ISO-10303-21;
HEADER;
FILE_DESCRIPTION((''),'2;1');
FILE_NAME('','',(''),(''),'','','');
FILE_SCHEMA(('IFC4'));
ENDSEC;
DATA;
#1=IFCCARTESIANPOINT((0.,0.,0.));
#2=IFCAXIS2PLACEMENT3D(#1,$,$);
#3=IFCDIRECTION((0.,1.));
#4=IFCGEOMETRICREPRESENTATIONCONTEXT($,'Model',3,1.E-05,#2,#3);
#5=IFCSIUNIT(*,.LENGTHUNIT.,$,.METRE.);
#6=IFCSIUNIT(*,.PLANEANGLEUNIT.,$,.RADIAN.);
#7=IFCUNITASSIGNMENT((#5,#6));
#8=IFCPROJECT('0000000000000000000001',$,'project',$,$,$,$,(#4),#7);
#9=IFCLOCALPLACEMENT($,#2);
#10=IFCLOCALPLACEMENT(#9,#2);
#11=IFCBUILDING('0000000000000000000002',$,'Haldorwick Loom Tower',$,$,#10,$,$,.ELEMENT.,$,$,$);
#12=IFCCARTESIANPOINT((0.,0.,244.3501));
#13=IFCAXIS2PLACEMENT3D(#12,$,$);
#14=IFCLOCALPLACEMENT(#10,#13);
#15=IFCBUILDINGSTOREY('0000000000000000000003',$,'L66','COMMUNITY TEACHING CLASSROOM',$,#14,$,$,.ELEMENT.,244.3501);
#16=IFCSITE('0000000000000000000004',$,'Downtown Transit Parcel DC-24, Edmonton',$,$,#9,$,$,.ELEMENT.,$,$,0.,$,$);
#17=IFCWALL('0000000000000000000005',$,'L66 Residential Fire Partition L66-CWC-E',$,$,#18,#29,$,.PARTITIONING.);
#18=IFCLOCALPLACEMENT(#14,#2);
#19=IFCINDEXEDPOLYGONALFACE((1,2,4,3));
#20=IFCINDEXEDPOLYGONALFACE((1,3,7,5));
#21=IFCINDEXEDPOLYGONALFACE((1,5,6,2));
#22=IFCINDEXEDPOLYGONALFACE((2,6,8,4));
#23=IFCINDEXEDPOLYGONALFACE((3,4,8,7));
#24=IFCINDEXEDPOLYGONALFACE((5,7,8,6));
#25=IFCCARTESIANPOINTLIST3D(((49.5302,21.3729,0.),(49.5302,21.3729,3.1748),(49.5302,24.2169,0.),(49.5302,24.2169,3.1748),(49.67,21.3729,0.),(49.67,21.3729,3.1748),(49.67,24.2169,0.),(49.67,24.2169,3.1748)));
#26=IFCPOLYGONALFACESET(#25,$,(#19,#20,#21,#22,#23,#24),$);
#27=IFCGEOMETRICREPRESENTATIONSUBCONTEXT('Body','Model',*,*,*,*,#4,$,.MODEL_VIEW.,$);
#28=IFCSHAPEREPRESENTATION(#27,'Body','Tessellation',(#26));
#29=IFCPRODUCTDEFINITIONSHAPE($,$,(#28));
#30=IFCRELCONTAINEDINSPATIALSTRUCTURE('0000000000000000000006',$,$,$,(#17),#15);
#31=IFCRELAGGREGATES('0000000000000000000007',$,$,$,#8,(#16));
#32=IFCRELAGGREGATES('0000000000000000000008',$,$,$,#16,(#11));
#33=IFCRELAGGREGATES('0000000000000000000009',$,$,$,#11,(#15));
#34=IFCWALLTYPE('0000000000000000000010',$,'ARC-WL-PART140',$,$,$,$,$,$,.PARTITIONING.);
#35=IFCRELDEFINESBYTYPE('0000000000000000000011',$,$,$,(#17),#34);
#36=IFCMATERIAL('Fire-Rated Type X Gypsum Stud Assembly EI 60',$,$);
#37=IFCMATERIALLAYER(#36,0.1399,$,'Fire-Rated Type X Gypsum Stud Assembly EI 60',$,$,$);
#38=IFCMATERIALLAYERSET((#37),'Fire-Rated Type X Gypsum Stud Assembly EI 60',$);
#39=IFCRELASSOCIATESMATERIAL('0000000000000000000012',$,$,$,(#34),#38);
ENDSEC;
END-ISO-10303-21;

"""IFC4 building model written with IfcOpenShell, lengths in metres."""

from ifc_helpers import new_model, si_unit, direction, frame, frame_2d, origin, place, context, subcontext, project, spatial, rectangle, extrude, material, layer, layer_set, type_object, element, save


model = new_model("IFC4")

# Units and contexts
model_context = context("Model", 3, precision=1e-05, world=origin(), true_north=direction((0.0, 1.0)))
body_context = subcontext(model_context, "Body", "Model", "MODEL_VIEW")
ifc_project = project(units=[si_unit("LENGTHUNIT", "METRE"), si_unit("PLANEANGLEUNIT", "RADIAN")], contexts=[model_context])

# Site, building, storey
site_placement = place(None, origin())
site = spatial("IfcSite", under=ifc_project, at=site_placement, Name="Downtown Transit Parcel DC-24, Edmonton", CompositionType="ELEMENT", RefElevation=0.0)
building_placement = place(site_placement, origin())
building = spatial("IfcBuilding", under=site, at=building_placement, Name="Haldorwick Loom Tower", CompositionType="ELEMENT")
storey_placement = place(building_placement, frame((0.0, 0.0, 244.3501)))
storey = spatial("IfcBuildingStorey", under=building, at=storey_placement, Name="L66", Description="COMMUNITY TEACHING CLASSROOM", CompositionType="ELEMENT", Elevation=244.3501)

# Shared definitions
ifc_material_1 = material(Name="Fire-Rated Type X Gypsum Stud Assembly EI 60")

# Wall
ifc_layer_1 = layer(ifc_material_1, 0.1399, Name="Fire-Rated Type X Gypsum Stud Assembly EI 60")
ifc_layer_set_1 = layer_set([ifc_layer_1], Name="Fire-Rated Type X Gypsum Stud Assembly EI 60")
wall_type_1 = type_object("IfcWallType", Name="ARC-WL-PART140", PredefinedType="PARTITIONING", material=ifc_layer_set_1)
wall_1_placement = place(storey_placement, frame((49.6001, 21.373, 0.0), z_axis=(0.0, 0.0, 1.0), x_axis=(0.0, 1.0, 0.0)))
element("IfcWall", 1, at=wall_1_placement, inside=storey, type_object=wall_type_1, Name="L66 Residential Fire Partition L66-CWC-E", PredefinedType="PARTITIONING", context=body_context, shape_type="SweptSolid", body=[
    extrude(rectangle(XDim=2.844, YDim=0.1399, at=frame_2d((1.4219, 0.0))), origin(), (0.0, 0.0, 1.0), 3.1748),
])

save(model, "model.ifc")
